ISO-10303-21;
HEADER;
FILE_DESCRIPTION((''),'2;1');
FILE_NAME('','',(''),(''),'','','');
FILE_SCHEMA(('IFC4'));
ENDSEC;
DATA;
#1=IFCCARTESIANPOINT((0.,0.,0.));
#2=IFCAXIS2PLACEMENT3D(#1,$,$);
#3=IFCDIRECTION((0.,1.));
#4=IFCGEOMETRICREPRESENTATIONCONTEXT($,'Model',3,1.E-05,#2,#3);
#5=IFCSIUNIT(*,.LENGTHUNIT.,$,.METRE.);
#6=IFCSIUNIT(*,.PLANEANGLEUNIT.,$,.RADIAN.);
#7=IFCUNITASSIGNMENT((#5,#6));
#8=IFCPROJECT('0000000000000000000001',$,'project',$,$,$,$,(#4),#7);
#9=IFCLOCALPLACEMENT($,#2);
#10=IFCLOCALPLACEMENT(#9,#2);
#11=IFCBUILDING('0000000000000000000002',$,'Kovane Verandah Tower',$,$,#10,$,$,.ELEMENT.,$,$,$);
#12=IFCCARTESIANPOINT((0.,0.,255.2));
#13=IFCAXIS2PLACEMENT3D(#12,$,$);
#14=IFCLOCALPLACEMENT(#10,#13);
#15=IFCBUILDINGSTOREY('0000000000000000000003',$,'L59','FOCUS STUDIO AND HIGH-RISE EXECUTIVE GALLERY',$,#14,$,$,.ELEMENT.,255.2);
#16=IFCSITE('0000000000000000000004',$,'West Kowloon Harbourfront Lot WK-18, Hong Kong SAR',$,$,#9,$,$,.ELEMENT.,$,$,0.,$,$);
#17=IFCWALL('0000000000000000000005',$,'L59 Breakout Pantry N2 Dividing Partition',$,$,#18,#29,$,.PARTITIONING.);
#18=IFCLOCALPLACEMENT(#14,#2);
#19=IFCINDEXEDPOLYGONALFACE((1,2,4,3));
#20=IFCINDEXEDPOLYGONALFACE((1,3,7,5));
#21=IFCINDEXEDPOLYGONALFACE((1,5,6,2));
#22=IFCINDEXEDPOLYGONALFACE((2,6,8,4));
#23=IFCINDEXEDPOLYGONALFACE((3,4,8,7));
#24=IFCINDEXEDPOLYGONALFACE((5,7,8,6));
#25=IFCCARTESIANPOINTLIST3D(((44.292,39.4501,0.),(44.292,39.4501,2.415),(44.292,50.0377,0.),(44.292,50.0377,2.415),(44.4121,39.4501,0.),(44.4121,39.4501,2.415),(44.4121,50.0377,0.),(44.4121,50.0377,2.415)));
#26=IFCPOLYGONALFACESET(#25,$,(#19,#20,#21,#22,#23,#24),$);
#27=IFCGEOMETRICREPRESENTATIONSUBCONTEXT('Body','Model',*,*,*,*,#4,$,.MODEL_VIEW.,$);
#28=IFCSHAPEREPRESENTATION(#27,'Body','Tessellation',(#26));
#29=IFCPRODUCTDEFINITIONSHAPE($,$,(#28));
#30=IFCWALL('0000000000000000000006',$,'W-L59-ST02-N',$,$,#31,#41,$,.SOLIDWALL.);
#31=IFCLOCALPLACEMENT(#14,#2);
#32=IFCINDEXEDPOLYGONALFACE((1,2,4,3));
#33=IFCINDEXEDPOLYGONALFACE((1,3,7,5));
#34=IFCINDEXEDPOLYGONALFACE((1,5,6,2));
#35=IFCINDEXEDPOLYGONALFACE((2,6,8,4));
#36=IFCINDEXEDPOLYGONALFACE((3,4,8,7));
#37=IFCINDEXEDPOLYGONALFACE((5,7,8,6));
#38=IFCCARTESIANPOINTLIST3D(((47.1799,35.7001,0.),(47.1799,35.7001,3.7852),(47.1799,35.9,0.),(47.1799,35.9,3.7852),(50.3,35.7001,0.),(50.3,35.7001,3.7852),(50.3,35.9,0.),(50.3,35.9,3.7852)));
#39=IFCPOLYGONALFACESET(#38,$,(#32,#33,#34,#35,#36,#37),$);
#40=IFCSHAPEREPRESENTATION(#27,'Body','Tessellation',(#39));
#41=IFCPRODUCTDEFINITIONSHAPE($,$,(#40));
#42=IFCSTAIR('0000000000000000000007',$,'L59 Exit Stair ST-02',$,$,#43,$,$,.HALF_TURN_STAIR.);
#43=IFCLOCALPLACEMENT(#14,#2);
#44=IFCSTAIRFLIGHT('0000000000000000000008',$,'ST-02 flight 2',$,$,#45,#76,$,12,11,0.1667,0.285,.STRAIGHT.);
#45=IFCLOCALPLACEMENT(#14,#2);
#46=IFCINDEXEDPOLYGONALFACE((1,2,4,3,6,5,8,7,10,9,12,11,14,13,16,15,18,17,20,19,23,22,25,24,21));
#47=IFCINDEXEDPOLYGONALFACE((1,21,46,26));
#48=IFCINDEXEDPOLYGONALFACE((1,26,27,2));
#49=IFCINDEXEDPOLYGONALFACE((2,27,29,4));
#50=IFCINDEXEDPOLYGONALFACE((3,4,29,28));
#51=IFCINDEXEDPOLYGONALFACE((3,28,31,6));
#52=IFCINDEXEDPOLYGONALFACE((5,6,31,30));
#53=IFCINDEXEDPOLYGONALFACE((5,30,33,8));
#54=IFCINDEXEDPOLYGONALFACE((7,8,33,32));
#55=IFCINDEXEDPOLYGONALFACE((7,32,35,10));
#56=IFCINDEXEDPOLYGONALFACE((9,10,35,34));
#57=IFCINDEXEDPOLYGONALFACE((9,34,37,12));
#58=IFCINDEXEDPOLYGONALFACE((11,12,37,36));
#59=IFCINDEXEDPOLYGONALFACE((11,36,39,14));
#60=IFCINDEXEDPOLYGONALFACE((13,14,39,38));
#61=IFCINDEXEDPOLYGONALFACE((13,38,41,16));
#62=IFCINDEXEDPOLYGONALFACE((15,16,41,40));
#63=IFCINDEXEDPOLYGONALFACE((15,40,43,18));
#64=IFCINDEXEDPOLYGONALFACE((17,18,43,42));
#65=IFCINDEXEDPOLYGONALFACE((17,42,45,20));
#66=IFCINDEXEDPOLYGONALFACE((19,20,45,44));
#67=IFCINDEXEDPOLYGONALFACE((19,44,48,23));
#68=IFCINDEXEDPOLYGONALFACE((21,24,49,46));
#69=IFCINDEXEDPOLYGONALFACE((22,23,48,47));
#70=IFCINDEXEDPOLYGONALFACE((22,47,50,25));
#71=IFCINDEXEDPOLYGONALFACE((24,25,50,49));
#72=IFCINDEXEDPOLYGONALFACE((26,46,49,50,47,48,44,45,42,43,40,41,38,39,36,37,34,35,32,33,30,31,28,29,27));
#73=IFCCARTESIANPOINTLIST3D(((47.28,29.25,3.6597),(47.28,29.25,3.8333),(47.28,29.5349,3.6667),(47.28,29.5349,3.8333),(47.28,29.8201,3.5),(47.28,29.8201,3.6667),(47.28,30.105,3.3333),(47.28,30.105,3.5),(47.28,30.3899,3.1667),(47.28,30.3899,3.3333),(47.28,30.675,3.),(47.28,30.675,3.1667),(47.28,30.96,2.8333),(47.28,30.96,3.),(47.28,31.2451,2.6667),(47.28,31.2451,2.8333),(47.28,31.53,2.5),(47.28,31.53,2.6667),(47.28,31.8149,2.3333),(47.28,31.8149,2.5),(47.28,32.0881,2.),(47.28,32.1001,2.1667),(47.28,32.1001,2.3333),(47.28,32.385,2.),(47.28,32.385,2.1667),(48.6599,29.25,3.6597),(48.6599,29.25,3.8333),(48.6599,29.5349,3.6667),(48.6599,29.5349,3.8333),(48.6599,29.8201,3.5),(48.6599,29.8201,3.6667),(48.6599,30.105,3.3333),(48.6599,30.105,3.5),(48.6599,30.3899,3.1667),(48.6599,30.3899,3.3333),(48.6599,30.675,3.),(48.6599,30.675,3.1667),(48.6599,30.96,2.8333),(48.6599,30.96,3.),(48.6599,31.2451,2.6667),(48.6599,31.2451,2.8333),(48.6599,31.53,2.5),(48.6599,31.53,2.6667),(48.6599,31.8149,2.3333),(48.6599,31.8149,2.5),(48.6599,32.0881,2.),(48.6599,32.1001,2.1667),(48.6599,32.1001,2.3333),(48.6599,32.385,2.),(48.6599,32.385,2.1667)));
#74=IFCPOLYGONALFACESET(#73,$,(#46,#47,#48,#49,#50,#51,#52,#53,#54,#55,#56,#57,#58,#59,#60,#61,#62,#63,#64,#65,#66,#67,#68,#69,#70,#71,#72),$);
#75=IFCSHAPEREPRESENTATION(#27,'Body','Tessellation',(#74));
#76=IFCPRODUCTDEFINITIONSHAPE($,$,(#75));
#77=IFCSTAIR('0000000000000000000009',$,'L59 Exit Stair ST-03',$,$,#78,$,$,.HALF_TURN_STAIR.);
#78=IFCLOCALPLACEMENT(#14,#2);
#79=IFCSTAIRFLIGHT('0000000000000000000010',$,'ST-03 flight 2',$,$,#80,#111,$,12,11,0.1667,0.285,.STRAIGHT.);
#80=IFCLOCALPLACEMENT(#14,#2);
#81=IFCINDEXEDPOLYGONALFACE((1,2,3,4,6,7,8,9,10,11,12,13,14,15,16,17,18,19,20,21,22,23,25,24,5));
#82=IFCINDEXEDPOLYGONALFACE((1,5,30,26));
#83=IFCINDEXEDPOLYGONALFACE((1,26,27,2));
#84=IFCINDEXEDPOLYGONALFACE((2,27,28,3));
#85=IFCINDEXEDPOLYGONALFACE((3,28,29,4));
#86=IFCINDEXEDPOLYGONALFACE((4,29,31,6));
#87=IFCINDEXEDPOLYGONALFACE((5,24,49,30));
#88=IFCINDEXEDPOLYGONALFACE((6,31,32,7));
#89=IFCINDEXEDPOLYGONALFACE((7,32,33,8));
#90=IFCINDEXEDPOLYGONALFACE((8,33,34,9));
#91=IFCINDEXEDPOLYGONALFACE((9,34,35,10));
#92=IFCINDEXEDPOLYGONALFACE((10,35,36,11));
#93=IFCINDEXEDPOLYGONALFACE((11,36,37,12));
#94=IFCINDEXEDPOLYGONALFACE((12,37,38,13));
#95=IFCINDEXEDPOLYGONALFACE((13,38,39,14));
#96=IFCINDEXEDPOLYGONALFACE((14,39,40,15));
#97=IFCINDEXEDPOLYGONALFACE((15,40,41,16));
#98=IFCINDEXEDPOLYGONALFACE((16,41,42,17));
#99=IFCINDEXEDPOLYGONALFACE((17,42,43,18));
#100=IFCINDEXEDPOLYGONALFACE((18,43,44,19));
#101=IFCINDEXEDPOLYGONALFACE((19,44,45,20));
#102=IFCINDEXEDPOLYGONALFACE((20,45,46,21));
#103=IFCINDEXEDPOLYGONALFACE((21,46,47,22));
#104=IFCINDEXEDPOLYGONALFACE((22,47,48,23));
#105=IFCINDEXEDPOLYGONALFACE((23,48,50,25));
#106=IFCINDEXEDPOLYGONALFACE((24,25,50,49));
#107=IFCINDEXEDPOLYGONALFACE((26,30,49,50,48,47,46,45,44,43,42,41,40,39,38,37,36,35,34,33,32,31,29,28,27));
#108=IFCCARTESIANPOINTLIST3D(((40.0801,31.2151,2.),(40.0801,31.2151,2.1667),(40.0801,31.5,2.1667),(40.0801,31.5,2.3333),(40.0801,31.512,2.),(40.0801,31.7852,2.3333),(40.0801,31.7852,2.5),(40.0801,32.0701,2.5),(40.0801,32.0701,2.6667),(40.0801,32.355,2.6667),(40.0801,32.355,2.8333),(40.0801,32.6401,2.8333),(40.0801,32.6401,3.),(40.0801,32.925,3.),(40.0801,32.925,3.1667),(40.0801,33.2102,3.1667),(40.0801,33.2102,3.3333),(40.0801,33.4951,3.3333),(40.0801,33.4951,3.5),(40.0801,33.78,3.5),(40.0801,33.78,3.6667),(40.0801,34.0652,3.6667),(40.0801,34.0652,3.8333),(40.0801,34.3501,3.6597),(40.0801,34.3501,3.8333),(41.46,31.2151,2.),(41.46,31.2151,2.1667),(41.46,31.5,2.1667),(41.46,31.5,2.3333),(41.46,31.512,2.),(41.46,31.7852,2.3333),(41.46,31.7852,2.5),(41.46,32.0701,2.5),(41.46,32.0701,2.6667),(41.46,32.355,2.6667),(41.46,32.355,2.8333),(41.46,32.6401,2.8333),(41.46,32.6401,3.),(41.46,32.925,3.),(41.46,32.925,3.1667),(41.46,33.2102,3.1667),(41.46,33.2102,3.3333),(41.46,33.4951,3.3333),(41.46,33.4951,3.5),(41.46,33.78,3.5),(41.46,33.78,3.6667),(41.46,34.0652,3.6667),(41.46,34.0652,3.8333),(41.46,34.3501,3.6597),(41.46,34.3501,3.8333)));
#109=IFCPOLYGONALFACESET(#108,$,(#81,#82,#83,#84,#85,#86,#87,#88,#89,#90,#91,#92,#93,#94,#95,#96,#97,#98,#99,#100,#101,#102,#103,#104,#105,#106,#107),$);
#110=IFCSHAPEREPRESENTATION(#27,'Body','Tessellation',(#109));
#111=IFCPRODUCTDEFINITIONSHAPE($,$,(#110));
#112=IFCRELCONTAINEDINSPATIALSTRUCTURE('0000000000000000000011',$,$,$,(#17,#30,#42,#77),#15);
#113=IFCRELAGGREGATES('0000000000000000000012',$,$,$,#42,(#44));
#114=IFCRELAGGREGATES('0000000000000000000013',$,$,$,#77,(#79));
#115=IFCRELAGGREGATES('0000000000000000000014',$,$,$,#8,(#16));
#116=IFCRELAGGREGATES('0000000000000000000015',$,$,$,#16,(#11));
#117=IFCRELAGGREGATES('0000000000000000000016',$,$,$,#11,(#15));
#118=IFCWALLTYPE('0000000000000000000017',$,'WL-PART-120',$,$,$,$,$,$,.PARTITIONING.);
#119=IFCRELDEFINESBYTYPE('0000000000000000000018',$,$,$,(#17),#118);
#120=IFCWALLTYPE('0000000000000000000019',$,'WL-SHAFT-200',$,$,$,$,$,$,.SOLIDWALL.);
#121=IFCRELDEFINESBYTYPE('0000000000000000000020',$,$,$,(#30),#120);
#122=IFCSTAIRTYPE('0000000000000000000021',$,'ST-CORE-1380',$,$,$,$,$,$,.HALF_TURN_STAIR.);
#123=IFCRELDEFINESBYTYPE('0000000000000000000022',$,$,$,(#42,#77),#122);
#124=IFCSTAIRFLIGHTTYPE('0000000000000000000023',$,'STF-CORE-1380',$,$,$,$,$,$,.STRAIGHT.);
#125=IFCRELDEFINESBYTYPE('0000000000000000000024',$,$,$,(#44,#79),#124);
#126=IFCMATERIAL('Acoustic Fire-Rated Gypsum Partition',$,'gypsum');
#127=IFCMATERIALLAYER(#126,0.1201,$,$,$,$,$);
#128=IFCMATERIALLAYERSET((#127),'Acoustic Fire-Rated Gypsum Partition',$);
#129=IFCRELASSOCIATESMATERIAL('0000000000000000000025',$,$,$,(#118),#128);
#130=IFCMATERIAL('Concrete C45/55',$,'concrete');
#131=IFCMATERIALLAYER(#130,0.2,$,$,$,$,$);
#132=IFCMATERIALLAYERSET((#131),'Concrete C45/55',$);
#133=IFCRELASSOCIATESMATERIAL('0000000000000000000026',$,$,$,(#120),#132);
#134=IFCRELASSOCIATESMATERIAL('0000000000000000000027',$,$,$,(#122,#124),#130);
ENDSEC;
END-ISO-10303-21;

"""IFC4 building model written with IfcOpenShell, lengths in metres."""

from ifc_helpers import new_model, si_unit, direction, frame, frame_2d, origin, place, context, subcontext, project, spatial, polyline, rectangle, outline, extrude, material, layer, layer_set, type_object, element, aggregate, save


model = new_model("IFC4")

# Units and contexts
model_context = context("Model", 3, precision=1e-05, world=origin(), true_north=direction((0.0, 1.0)))
body_context = subcontext(model_context, "Body", "Model", "MODEL_VIEW")
ifc_project = project(units=[si_unit("LENGTHUNIT", "METRE"), si_unit("PLANEANGLEUNIT", "RADIAN")], contexts=[model_context])

# Site, building, storey
site_placement = place(None, origin())
site = spatial("IfcSite", under=ifc_project, at=site_placement, Name="West Kowloon Harbourfront Lot WK-18, Hong Kong SAR", CompositionType="ELEMENT", RefElevation=0.0)
building_placement = place(site_placement, origin())
building = spatial("IfcBuilding", under=site, at=building_placement, Name="Kovane Verandah Tower", CompositionType="ELEMENT")
storey_placement = place(building_placement, frame((0.0, 0.0, 255.2)))
storey = spatial("IfcBuildingStorey", under=building, at=storey_placement, Name="L59", Description="FOCUS STUDIO AND HIGH-RISE EXECUTIVE GALLERY", CompositionType="ELEMENT", Elevation=255.2)

# Walls
ifc_material_1 = material(Name="Acoustic Fire-Rated Gypsum Partition", Category="gypsum")
ifc_layer_1 = layer(ifc_material_1, 0.1201)
ifc_layer_set_1 = layer_set([ifc_layer_1], Name="Acoustic Fire-Rated Gypsum Partition")
wall_type_1 = type_object("IfcWallType", Name="WL-PART-120", PredefinedType="PARTITIONING", material=ifc_layer_set_1)
wall_1_placement = place(storey_placement, frame((44.3521, 39.45, 0.0), z_axis=(0.0, 0.0, 1.0), x_axis=(0.0, 1.0, 0.0)))
element("IfcWall", 1, at=wall_1_placement, inside=storey, type_object=wall_type_1, Name="L59 Breakout Pantry N2 Dividing Partition", PredefinedType="PARTITIONING", context=body_context, shape_type="SweptSolid", body=[
    extrude(rectangle(XDim=10.5876, YDim=0.1201, at=frame_2d((5.2939, 0.0))), origin(), (0.0, 0.0, 1.0), 2.415),
])
ifc_material_2 = material(Name="Concrete C45/55", Category="concrete")
ifc_layer_2 = layer(ifc_material_2, 0.2)
ifc_layer_set_2 = layer_set([ifc_layer_2], Name="Concrete C45/55")
wall_type_2 = type_object("IfcWallType", Name="WL-SHAFT-200", PredefinedType="SOLIDWALL", material=ifc_layer_set_2)
wall_2_placement = place(storey_placement, frame((47.1799, 35.8, 0.0), z_axis=(0.0, 0.0, 1.0), x_axis=(1.0, 0.0, 0.0)))
element("IfcWall", 2, at=wall_2_placement, inside=storey, type_object=wall_type_2, Name="W-L59-ST02-N", PredefinedType="SOLIDWALL", context=body_context, shape_type="SweptSolid", body=[
    extrude(rectangle(XDim=3.1201, YDim=0.2, at=frame_2d((1.5601, 0.0))), origin(), (0.0, 0.0, 1.0), 3.7852),
])

# Stairs, stair flights
stair_type = type_object("IfcStairType", Name="ST-CORE-1380", PredefinedType="HALF_TURN_STAIR", material=ifc_material_2)
stair_1_placement = place(storey_placement, origin())
stair_1 = element("IfcStair", 3, at=stair_1_placement, inside=storey, type_object=stair_type, Name="L59 Exit Stair ST-02", PredefinedType="HALF_TURN_STAIR")
stair_flight_type = type_object("IfcStairFlightType", Name="STF-CORE-1380", PredefinedType="STRAIGHT", material=ifc_material_2)
stair_flight_1_placement = place(storey_placement, frame((47.97, 32.385, 2.0), z_axis=(0.0, 0.0, 1.0), x_axis=(0.0, -1.0, 0.0)))
stair_flight_1 = element("IfcStairFlight", 4, at=stair_flight_1_placement, type_object=stair_flight_type, Name="ST-02 flight 2", NumberOfRisers=12, NumberOfTreads=11, PredefinedType="STRAIGHT", RiserHeight=0.1667, TreadLength=0.285, context=body_context, shape_type="SweptSolid", body=[
    extrude(outline(polyline([(0.0, 0.0), (0.0, 0.1667), (0.2849, 0.1667), (0.2849, 0.3333), (0.5701, 0.3333), (0.5701, 0.5), (0.855, 0.5), (0.855, 0.6667), (1.1399, 0.6667), (1.1399, 0.8333), (1.425, 0.8333), (1.425, 1.0), (1.71, 1.0), (1.71, 1.1667), (1.9951, 1.1667), (1.9951, 1.3333), (2.28, 1.3333), (2.28, 1.5), (2.5649, 1.5), (2.5649, 1.6667), (2.8501, 1.6667), (2.8501, 1.8333), (3.135, 1.8333), (3.135, 2.0), (3.135, 1.6597), (0.2969, 0.0), (0.0, 0.0)])), frame((0.0, 0.6899, 0.0), z_axis=(0.0, -1.0, 0.0), x_axis=(1.0, 0.0, 0.0)), (0.0, 0.0, 1.0), 1.3799),
])
aggregate(stair_1, [stair_flight_1])
stair_2_placement = place(storey_placement, origin())
stair_2 = element("IfcStair", 5, at=stair_2_placement, inside=storey, type_object=stair_type, Name="L59 Exit Stair ST-03", PredefinedType="HALF_TURN_STAIR")
stair_flight_2_placement = place(storey_placement, frame((40.77, 31.2151, 2.0), z_axis=(0.0, 0.0, 1.0), x_axis=(0.0, 1.0, 0.0)))
stair_flight_2 = element("IfcStairFlight", 6, at=stair_flight_2_placement, type_object=stair_flight_type, Name="ST-03 flight 2", NumberOfRisers=12, NumberOfTreads=11, PredefinedType="STRAIGHT", RiserHeight=0.1667, TreadLength=0.285, context=body_context, shape_type="SweptSolid", body=[
    extrude(outline(polyline([(0.0, 0.0), (0.0, 0.1667), (0.2849, 0.1667), (0.2849, 0.3333), (0.5701, 0.3333), (0.5701, 0.5), (0.855, 0.5), (0.855, 0.6667), (1.1399, 0.6667), (1.1399, 0.8333), (1.425, 0.8333), (1.425, 1.0), (1.71, 1.0), (1.71, 1.1667), (1.9951, 1.1667), (1.9951, 1.3333), (2.28, 1.3333), (2.28, 1.5), (2.5649, 1.5), (2.5649, 1.6667), (2.8501, 1.6667), (2.8501, 1.8333), (3.135, 1.8333), (3.135, 2.0), (3.135, 1.6597), (0.2969, 0.0), (0.0, 0.0)])), frame((0.0, 0.6899, 0.0), z_axis=(0.0, -1.0, 0.0), x_axis=(1.0, 0.0, 0.0)), (0.0, 0.0, 1.0), 1.3799),
])
aggregate(stair_2, [stair_flight_2])

save(model, "model.ifc")
